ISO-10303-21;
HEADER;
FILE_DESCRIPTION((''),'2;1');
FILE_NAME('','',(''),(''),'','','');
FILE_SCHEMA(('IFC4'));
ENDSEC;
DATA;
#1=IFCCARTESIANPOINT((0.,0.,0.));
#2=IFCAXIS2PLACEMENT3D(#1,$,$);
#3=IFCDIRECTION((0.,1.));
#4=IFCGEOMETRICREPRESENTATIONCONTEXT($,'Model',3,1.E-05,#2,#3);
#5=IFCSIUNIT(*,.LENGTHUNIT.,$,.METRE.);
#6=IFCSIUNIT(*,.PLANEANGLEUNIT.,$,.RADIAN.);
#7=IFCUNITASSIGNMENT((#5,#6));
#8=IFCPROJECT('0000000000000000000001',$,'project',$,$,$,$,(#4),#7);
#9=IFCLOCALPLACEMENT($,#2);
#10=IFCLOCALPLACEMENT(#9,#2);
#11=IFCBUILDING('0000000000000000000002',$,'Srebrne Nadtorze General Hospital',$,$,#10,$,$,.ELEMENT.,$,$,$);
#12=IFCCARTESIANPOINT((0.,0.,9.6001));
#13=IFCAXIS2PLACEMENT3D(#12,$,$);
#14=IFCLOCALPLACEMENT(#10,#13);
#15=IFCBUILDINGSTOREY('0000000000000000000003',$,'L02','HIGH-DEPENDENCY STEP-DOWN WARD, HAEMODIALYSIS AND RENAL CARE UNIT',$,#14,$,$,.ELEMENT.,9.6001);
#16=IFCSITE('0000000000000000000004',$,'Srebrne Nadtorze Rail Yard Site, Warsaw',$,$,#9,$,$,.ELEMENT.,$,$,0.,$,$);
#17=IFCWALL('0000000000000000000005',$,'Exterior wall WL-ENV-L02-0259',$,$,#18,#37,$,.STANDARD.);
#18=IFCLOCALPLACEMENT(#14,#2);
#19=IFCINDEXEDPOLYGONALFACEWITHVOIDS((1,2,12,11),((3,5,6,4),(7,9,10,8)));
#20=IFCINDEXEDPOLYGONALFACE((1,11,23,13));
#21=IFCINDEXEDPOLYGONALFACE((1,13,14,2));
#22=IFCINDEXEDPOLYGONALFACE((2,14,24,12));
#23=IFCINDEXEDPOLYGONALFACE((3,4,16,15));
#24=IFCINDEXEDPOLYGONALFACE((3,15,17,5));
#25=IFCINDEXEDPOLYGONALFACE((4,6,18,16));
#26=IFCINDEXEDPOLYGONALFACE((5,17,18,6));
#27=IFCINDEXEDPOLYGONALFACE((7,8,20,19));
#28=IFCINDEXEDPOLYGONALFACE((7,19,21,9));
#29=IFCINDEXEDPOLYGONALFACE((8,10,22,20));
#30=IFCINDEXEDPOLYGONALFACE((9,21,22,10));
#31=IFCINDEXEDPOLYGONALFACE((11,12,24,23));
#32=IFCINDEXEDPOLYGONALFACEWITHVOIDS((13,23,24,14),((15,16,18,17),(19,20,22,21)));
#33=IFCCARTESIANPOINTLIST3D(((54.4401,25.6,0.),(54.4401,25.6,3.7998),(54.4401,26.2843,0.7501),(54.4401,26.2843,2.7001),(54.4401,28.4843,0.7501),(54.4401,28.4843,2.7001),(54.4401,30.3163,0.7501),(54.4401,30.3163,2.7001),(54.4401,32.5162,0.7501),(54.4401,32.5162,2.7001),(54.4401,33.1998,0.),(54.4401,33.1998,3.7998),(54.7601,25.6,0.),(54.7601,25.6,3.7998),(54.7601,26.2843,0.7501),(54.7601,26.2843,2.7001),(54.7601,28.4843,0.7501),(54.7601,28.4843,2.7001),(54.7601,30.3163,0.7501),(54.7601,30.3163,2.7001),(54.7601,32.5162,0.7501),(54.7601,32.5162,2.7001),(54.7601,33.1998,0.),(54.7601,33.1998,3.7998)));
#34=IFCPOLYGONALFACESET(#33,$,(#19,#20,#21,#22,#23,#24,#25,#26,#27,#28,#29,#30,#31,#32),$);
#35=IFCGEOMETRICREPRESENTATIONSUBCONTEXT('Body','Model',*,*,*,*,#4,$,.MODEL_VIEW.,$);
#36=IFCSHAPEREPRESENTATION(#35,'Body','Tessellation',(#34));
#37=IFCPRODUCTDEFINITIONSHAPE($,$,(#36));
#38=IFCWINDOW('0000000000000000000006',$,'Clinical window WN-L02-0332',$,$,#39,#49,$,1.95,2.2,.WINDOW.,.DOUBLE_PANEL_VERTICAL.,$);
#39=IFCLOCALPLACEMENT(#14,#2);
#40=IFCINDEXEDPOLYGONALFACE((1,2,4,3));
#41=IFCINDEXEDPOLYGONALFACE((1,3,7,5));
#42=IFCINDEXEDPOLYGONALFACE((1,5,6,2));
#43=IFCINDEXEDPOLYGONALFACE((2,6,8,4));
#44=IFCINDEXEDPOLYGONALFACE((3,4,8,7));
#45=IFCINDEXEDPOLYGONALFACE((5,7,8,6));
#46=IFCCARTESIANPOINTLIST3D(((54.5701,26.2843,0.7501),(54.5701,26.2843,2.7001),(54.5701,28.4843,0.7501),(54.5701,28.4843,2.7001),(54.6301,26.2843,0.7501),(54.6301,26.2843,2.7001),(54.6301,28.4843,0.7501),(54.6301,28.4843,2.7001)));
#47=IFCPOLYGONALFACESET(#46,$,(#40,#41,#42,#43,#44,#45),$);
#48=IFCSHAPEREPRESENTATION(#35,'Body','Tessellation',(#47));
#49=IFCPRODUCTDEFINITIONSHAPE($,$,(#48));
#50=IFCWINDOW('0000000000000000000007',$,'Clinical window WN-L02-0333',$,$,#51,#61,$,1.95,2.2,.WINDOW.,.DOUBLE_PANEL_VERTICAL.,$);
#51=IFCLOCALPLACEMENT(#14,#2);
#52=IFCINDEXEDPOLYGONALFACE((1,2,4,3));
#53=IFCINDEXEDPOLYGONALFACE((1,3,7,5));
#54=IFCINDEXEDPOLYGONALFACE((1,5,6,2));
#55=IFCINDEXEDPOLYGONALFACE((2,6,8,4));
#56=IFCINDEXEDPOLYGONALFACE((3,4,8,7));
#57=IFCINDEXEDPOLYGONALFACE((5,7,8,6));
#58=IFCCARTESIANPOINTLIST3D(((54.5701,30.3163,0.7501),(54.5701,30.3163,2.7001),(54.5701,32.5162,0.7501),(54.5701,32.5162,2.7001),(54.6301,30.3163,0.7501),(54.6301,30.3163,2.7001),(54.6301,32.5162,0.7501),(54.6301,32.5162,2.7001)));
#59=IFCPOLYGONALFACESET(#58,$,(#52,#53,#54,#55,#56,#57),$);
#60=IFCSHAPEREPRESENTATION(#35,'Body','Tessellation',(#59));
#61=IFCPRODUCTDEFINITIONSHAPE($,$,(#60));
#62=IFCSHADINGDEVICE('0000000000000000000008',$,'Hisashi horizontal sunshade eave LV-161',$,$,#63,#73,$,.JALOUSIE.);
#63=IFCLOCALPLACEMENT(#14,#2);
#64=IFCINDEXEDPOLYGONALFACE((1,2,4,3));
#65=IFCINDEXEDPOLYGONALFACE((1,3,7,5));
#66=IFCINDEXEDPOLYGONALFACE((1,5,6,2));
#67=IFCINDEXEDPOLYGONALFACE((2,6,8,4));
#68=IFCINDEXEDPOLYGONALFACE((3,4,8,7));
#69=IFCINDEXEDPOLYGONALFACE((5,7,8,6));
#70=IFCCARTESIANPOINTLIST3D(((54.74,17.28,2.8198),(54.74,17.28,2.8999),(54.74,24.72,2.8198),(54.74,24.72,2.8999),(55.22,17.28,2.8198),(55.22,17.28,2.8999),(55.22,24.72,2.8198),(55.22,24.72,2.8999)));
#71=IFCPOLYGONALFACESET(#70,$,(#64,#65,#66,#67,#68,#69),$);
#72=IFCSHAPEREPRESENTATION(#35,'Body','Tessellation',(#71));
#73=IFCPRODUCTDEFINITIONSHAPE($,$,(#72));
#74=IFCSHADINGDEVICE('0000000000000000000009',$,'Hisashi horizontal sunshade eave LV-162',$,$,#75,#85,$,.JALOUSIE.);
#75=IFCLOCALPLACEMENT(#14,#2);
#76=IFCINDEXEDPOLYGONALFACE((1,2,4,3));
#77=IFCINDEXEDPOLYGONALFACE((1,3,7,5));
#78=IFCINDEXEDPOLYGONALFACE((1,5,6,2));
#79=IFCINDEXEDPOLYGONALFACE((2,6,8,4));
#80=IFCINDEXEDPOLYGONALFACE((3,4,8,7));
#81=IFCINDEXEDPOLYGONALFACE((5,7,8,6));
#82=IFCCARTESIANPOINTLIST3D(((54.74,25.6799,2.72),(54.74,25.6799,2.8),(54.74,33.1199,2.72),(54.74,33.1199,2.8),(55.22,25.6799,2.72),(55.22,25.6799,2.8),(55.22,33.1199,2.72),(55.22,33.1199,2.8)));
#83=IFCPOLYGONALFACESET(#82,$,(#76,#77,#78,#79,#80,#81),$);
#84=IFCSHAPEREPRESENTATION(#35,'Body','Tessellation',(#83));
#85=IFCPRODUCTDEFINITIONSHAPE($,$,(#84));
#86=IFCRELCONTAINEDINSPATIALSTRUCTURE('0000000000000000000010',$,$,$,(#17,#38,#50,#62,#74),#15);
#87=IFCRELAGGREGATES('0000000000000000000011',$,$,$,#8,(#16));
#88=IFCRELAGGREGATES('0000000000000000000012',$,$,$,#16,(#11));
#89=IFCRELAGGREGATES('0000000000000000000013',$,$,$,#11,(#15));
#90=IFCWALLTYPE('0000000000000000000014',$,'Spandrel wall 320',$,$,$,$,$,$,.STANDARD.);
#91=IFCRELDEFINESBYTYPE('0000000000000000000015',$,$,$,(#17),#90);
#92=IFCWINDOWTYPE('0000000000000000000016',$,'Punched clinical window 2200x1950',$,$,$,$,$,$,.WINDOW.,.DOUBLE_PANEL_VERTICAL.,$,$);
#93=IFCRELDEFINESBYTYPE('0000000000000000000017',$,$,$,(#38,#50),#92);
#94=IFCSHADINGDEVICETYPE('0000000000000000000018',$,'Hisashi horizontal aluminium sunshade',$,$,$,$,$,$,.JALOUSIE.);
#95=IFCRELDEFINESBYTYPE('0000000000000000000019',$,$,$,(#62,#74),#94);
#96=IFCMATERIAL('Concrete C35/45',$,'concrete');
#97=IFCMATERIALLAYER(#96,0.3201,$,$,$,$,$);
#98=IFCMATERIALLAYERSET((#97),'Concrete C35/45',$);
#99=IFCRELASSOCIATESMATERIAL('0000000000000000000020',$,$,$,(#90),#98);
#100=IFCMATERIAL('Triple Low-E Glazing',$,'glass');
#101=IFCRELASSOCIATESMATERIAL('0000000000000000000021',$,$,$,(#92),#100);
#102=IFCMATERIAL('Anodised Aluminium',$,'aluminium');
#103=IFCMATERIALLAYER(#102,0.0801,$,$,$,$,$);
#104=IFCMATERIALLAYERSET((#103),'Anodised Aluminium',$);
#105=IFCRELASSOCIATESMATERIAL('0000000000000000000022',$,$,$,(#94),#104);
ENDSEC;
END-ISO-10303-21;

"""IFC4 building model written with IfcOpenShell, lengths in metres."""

from ifc_helpers import new_model, si_unit, direction, frame, frame_2d, origin, origin_2d, place, context, subcontext, project, spatial, rectangle, extrude, material, layer, layer_set, type_object, element, fill, save


model = new_model("IFC4")

# Units and contexts
model_context = context("Model", 3, precision=1e-05, world=origin(), true_north=direction((0.0, 1.0)))
body_context = subcontext(model_context, "Body", "Model", "MODEL_VIEW")
ifc_project = project(units=[si_unit("LENGTHUNIT", "METRE"), si_unit("PLANEANGLEUNIT", "RADIAN")], contexts=[model_context])

# Site, building, storey
site_placement = place(None, origin())
site = spatial("IfcSite", under=ifc_project, at=site_placement, Name="Srebrne Nadtorze Rail Yard Site, Warsaw", CompositionType="ELEMENT", RefElevation=0.0)
building_placement = place(site_placement, origin())
building = spatial("IfcBuilding", under=site, at=building_placement, Name="Srebrne Nadtorze General Hospital", CompositionType="ELEMENT")
storey_placement = place(building_placement, frame((0.0, 0.0, 9.6001)))
storey = spatial("IfcBuildingStorey", under=building, at=storey_placement, Name="L02", Description="HIGH-DEPENDENCY STEP-DOWN WARD, HAEMODIALYSIS AND RENAL CARE UNIT", CompositionType="ELEMENT", Elevation=9.6001)

# Wall, openings, windows
ifc_material_1 = material(Name="Concrete C35/45", Category="concrete")
ifc_layer_1 = layer(ifc_material_1, 0.3201)
ifc_layer_set_1 = layer_set([ifc_layer_1], Name="Concrete C35/45")
wall_type_1 = type_object("IfcWallType", Name="Spandrel wall 320", PredefinedType="STANDARD", material=ifc_layer_set_1)
wall_1_placement = place(storey_placement, frame((54.6001, 25.6001, 0.0), z_axis=(0.0, 0.0, 1.0), x_axis=(0.0, 1.0, 0.0)))
wall_1 = element("IfcWall", 1, at=wall_1_placement, inside=storey, type_object=wall_type_1, Name="Exterior wall WL-ENV-L02-0259", PredefinedType="STANDARD", context=body_context, shape_type="SweptSolid", body=[
    extrude(rectangle(XDim=7.5999, YDim=0.3201, at=frame_2d((3.7998, 0.0))), origin(), (0.0, 0.0, 1.0), 3.7998),
])
opening_1_placement = place(wall_1_placement, frame((0.6841, 0.0, 0.75)))
opening_1 = element("IfcOpeningElement", 2, at=opening_1_placement, cuts=wall_1, PredefinedType="OPENING", context=body_context, shape_type="SweptSolid", body=[
    extrude(rectangle(XDim=2.2, YDim=1.95, at=frame_2d((1.1001, 0.9751))), frame((0.0, 0.1719, 0.0), z_axis=(0.0, -1.0, 0.0), x_axis=(1.0, 0.0, 0.0)), (0.0, 0.0, 1.0), 0.344),
])
opening_2_placement = place(wall_1_placement, frame((4.7161, 0.0, 0.75)))
opening_2 = element("IfcOpeningElement", 3, at=opening_2_placement, cuts=wall_1, PredefinedType="OPENING", context=body_context, shape_type="SweptSolid", body=[
    extrude(rectangle(XDim=2.2, YDim=1.95, at=frame_2d((1.1001, 0.9751))), frame((0.0, 0.1719, 0.0), z_axis=(0.0, -1.0, 0.0), x_axis=(1.0, 0.0, 0.0)), (0.0, 0.0, 1.0), 0.344),
])
ifc_material_2 = material(Name="Triple Low-E Glazing", Category="glass")
window_type_1 = type_object("IfcWindowType", Name="Punched clinical window 2200x1950", PartitioningType="DOUBLE_PANEL_VERTICAL", PredefinedType="WINDOW", material=ifc_material_2)
window_1_placement = place(opening_1_placement, origin())
window_1 = element("IfcWindow", 4, at=window_1_placement, inside=storey, type_object=window_type_1, Name="Clinical window WN-L02-0332", OverallHeight=1.95, OverallWidth=2.2, PartitioningType="DOUBLE_PANEL_VERTICAL", PredefinedType="WINDOW", context=body_context, shape_type="SweptSolid", body=[
    extrude(rectangle(XDim=2.2, YDim=1.95, at=frame_2d((1.1001, 0.9751))), frame((0.0, 0.03, 0.0), z_axis=(0.0, -1.0, 0.0), x_axis=(1.0, 0.0, 0.0)), (0.0, 0.0, 1.0), 0.0601),
])
fill(opening_1, window_1)
window_2_placement = place(opening_2_placement, origin())
window_2 = element("IfcWindow", 5, at=window_2_placement, inside=storey, type_object=window_type_1, Name="Clinical window WN-L02-0333", OverallHeight=1.95, OverallWidth=2.2, PartitioningType="DOUBLE_PANEL_VERTICAL", PredefinedType="WINDOW", context=body_context, shape_type="SweptSolid", body=[
    extrude(rectangle(XDim=2.2, YDim=1.95, at=frame_2d((1.1001, 0.9751))), frame((0.0, 0.03, 0.0), z_axis=(0.0, -1.0, 0.0), x_axis=(1.0, 0.0, 0.0)), (0.0, 0.0, 1.0), 0.0601),
])
fill(opening_2, window_2)

# Shading devices
ifc_material_3 = material(Name="Anodised Aluminium", Category="aluminium")
ifc_layer_2 = layer(ifc_material_3, 0.0801)
ifc_layer_set_2 = layer_set([ifc_layer_2], Name="Anodised Aluminium")
shading_device_type = type_object("IfcShadingDeviceType", Name="Hisashi horizontal aluminium sunshade", PredefinedType="JALOUSIE", material=ifc_layer_set_2)
for number, where, z_axis, x_axis, name in (
    (6, (54.98, 21.0, 2.8198), (0.0, 0.0, 1.0), (1.0, 0.0, 0.0), "Hisashi horizontal sunshade eave LV-161"),
    (7, (54.98, 29.3999, 2.72), (0.0, 0.0, 1.0), (1.0, 0.0, 0.0), "Hisashi horizontal sunshade eave LV-162"),
):
    element("IfcShadingDevice", number, at=place(storey_placement, frame(where, z_axis=z_axis, x_axis=x_axis)), inside=storey, type_object=shading_device_type, Name=name, PredefinedType="JALOUSIE", context=body_context, shape_type="SweptSolid", body=[
        extrude(rectangle(XDim=0.48, YDim=7.4399, at=origin_2d()), origin(), (0.0, 0.0, 1.0), 0.0801),
    ])

save(model, "model.ifc")
